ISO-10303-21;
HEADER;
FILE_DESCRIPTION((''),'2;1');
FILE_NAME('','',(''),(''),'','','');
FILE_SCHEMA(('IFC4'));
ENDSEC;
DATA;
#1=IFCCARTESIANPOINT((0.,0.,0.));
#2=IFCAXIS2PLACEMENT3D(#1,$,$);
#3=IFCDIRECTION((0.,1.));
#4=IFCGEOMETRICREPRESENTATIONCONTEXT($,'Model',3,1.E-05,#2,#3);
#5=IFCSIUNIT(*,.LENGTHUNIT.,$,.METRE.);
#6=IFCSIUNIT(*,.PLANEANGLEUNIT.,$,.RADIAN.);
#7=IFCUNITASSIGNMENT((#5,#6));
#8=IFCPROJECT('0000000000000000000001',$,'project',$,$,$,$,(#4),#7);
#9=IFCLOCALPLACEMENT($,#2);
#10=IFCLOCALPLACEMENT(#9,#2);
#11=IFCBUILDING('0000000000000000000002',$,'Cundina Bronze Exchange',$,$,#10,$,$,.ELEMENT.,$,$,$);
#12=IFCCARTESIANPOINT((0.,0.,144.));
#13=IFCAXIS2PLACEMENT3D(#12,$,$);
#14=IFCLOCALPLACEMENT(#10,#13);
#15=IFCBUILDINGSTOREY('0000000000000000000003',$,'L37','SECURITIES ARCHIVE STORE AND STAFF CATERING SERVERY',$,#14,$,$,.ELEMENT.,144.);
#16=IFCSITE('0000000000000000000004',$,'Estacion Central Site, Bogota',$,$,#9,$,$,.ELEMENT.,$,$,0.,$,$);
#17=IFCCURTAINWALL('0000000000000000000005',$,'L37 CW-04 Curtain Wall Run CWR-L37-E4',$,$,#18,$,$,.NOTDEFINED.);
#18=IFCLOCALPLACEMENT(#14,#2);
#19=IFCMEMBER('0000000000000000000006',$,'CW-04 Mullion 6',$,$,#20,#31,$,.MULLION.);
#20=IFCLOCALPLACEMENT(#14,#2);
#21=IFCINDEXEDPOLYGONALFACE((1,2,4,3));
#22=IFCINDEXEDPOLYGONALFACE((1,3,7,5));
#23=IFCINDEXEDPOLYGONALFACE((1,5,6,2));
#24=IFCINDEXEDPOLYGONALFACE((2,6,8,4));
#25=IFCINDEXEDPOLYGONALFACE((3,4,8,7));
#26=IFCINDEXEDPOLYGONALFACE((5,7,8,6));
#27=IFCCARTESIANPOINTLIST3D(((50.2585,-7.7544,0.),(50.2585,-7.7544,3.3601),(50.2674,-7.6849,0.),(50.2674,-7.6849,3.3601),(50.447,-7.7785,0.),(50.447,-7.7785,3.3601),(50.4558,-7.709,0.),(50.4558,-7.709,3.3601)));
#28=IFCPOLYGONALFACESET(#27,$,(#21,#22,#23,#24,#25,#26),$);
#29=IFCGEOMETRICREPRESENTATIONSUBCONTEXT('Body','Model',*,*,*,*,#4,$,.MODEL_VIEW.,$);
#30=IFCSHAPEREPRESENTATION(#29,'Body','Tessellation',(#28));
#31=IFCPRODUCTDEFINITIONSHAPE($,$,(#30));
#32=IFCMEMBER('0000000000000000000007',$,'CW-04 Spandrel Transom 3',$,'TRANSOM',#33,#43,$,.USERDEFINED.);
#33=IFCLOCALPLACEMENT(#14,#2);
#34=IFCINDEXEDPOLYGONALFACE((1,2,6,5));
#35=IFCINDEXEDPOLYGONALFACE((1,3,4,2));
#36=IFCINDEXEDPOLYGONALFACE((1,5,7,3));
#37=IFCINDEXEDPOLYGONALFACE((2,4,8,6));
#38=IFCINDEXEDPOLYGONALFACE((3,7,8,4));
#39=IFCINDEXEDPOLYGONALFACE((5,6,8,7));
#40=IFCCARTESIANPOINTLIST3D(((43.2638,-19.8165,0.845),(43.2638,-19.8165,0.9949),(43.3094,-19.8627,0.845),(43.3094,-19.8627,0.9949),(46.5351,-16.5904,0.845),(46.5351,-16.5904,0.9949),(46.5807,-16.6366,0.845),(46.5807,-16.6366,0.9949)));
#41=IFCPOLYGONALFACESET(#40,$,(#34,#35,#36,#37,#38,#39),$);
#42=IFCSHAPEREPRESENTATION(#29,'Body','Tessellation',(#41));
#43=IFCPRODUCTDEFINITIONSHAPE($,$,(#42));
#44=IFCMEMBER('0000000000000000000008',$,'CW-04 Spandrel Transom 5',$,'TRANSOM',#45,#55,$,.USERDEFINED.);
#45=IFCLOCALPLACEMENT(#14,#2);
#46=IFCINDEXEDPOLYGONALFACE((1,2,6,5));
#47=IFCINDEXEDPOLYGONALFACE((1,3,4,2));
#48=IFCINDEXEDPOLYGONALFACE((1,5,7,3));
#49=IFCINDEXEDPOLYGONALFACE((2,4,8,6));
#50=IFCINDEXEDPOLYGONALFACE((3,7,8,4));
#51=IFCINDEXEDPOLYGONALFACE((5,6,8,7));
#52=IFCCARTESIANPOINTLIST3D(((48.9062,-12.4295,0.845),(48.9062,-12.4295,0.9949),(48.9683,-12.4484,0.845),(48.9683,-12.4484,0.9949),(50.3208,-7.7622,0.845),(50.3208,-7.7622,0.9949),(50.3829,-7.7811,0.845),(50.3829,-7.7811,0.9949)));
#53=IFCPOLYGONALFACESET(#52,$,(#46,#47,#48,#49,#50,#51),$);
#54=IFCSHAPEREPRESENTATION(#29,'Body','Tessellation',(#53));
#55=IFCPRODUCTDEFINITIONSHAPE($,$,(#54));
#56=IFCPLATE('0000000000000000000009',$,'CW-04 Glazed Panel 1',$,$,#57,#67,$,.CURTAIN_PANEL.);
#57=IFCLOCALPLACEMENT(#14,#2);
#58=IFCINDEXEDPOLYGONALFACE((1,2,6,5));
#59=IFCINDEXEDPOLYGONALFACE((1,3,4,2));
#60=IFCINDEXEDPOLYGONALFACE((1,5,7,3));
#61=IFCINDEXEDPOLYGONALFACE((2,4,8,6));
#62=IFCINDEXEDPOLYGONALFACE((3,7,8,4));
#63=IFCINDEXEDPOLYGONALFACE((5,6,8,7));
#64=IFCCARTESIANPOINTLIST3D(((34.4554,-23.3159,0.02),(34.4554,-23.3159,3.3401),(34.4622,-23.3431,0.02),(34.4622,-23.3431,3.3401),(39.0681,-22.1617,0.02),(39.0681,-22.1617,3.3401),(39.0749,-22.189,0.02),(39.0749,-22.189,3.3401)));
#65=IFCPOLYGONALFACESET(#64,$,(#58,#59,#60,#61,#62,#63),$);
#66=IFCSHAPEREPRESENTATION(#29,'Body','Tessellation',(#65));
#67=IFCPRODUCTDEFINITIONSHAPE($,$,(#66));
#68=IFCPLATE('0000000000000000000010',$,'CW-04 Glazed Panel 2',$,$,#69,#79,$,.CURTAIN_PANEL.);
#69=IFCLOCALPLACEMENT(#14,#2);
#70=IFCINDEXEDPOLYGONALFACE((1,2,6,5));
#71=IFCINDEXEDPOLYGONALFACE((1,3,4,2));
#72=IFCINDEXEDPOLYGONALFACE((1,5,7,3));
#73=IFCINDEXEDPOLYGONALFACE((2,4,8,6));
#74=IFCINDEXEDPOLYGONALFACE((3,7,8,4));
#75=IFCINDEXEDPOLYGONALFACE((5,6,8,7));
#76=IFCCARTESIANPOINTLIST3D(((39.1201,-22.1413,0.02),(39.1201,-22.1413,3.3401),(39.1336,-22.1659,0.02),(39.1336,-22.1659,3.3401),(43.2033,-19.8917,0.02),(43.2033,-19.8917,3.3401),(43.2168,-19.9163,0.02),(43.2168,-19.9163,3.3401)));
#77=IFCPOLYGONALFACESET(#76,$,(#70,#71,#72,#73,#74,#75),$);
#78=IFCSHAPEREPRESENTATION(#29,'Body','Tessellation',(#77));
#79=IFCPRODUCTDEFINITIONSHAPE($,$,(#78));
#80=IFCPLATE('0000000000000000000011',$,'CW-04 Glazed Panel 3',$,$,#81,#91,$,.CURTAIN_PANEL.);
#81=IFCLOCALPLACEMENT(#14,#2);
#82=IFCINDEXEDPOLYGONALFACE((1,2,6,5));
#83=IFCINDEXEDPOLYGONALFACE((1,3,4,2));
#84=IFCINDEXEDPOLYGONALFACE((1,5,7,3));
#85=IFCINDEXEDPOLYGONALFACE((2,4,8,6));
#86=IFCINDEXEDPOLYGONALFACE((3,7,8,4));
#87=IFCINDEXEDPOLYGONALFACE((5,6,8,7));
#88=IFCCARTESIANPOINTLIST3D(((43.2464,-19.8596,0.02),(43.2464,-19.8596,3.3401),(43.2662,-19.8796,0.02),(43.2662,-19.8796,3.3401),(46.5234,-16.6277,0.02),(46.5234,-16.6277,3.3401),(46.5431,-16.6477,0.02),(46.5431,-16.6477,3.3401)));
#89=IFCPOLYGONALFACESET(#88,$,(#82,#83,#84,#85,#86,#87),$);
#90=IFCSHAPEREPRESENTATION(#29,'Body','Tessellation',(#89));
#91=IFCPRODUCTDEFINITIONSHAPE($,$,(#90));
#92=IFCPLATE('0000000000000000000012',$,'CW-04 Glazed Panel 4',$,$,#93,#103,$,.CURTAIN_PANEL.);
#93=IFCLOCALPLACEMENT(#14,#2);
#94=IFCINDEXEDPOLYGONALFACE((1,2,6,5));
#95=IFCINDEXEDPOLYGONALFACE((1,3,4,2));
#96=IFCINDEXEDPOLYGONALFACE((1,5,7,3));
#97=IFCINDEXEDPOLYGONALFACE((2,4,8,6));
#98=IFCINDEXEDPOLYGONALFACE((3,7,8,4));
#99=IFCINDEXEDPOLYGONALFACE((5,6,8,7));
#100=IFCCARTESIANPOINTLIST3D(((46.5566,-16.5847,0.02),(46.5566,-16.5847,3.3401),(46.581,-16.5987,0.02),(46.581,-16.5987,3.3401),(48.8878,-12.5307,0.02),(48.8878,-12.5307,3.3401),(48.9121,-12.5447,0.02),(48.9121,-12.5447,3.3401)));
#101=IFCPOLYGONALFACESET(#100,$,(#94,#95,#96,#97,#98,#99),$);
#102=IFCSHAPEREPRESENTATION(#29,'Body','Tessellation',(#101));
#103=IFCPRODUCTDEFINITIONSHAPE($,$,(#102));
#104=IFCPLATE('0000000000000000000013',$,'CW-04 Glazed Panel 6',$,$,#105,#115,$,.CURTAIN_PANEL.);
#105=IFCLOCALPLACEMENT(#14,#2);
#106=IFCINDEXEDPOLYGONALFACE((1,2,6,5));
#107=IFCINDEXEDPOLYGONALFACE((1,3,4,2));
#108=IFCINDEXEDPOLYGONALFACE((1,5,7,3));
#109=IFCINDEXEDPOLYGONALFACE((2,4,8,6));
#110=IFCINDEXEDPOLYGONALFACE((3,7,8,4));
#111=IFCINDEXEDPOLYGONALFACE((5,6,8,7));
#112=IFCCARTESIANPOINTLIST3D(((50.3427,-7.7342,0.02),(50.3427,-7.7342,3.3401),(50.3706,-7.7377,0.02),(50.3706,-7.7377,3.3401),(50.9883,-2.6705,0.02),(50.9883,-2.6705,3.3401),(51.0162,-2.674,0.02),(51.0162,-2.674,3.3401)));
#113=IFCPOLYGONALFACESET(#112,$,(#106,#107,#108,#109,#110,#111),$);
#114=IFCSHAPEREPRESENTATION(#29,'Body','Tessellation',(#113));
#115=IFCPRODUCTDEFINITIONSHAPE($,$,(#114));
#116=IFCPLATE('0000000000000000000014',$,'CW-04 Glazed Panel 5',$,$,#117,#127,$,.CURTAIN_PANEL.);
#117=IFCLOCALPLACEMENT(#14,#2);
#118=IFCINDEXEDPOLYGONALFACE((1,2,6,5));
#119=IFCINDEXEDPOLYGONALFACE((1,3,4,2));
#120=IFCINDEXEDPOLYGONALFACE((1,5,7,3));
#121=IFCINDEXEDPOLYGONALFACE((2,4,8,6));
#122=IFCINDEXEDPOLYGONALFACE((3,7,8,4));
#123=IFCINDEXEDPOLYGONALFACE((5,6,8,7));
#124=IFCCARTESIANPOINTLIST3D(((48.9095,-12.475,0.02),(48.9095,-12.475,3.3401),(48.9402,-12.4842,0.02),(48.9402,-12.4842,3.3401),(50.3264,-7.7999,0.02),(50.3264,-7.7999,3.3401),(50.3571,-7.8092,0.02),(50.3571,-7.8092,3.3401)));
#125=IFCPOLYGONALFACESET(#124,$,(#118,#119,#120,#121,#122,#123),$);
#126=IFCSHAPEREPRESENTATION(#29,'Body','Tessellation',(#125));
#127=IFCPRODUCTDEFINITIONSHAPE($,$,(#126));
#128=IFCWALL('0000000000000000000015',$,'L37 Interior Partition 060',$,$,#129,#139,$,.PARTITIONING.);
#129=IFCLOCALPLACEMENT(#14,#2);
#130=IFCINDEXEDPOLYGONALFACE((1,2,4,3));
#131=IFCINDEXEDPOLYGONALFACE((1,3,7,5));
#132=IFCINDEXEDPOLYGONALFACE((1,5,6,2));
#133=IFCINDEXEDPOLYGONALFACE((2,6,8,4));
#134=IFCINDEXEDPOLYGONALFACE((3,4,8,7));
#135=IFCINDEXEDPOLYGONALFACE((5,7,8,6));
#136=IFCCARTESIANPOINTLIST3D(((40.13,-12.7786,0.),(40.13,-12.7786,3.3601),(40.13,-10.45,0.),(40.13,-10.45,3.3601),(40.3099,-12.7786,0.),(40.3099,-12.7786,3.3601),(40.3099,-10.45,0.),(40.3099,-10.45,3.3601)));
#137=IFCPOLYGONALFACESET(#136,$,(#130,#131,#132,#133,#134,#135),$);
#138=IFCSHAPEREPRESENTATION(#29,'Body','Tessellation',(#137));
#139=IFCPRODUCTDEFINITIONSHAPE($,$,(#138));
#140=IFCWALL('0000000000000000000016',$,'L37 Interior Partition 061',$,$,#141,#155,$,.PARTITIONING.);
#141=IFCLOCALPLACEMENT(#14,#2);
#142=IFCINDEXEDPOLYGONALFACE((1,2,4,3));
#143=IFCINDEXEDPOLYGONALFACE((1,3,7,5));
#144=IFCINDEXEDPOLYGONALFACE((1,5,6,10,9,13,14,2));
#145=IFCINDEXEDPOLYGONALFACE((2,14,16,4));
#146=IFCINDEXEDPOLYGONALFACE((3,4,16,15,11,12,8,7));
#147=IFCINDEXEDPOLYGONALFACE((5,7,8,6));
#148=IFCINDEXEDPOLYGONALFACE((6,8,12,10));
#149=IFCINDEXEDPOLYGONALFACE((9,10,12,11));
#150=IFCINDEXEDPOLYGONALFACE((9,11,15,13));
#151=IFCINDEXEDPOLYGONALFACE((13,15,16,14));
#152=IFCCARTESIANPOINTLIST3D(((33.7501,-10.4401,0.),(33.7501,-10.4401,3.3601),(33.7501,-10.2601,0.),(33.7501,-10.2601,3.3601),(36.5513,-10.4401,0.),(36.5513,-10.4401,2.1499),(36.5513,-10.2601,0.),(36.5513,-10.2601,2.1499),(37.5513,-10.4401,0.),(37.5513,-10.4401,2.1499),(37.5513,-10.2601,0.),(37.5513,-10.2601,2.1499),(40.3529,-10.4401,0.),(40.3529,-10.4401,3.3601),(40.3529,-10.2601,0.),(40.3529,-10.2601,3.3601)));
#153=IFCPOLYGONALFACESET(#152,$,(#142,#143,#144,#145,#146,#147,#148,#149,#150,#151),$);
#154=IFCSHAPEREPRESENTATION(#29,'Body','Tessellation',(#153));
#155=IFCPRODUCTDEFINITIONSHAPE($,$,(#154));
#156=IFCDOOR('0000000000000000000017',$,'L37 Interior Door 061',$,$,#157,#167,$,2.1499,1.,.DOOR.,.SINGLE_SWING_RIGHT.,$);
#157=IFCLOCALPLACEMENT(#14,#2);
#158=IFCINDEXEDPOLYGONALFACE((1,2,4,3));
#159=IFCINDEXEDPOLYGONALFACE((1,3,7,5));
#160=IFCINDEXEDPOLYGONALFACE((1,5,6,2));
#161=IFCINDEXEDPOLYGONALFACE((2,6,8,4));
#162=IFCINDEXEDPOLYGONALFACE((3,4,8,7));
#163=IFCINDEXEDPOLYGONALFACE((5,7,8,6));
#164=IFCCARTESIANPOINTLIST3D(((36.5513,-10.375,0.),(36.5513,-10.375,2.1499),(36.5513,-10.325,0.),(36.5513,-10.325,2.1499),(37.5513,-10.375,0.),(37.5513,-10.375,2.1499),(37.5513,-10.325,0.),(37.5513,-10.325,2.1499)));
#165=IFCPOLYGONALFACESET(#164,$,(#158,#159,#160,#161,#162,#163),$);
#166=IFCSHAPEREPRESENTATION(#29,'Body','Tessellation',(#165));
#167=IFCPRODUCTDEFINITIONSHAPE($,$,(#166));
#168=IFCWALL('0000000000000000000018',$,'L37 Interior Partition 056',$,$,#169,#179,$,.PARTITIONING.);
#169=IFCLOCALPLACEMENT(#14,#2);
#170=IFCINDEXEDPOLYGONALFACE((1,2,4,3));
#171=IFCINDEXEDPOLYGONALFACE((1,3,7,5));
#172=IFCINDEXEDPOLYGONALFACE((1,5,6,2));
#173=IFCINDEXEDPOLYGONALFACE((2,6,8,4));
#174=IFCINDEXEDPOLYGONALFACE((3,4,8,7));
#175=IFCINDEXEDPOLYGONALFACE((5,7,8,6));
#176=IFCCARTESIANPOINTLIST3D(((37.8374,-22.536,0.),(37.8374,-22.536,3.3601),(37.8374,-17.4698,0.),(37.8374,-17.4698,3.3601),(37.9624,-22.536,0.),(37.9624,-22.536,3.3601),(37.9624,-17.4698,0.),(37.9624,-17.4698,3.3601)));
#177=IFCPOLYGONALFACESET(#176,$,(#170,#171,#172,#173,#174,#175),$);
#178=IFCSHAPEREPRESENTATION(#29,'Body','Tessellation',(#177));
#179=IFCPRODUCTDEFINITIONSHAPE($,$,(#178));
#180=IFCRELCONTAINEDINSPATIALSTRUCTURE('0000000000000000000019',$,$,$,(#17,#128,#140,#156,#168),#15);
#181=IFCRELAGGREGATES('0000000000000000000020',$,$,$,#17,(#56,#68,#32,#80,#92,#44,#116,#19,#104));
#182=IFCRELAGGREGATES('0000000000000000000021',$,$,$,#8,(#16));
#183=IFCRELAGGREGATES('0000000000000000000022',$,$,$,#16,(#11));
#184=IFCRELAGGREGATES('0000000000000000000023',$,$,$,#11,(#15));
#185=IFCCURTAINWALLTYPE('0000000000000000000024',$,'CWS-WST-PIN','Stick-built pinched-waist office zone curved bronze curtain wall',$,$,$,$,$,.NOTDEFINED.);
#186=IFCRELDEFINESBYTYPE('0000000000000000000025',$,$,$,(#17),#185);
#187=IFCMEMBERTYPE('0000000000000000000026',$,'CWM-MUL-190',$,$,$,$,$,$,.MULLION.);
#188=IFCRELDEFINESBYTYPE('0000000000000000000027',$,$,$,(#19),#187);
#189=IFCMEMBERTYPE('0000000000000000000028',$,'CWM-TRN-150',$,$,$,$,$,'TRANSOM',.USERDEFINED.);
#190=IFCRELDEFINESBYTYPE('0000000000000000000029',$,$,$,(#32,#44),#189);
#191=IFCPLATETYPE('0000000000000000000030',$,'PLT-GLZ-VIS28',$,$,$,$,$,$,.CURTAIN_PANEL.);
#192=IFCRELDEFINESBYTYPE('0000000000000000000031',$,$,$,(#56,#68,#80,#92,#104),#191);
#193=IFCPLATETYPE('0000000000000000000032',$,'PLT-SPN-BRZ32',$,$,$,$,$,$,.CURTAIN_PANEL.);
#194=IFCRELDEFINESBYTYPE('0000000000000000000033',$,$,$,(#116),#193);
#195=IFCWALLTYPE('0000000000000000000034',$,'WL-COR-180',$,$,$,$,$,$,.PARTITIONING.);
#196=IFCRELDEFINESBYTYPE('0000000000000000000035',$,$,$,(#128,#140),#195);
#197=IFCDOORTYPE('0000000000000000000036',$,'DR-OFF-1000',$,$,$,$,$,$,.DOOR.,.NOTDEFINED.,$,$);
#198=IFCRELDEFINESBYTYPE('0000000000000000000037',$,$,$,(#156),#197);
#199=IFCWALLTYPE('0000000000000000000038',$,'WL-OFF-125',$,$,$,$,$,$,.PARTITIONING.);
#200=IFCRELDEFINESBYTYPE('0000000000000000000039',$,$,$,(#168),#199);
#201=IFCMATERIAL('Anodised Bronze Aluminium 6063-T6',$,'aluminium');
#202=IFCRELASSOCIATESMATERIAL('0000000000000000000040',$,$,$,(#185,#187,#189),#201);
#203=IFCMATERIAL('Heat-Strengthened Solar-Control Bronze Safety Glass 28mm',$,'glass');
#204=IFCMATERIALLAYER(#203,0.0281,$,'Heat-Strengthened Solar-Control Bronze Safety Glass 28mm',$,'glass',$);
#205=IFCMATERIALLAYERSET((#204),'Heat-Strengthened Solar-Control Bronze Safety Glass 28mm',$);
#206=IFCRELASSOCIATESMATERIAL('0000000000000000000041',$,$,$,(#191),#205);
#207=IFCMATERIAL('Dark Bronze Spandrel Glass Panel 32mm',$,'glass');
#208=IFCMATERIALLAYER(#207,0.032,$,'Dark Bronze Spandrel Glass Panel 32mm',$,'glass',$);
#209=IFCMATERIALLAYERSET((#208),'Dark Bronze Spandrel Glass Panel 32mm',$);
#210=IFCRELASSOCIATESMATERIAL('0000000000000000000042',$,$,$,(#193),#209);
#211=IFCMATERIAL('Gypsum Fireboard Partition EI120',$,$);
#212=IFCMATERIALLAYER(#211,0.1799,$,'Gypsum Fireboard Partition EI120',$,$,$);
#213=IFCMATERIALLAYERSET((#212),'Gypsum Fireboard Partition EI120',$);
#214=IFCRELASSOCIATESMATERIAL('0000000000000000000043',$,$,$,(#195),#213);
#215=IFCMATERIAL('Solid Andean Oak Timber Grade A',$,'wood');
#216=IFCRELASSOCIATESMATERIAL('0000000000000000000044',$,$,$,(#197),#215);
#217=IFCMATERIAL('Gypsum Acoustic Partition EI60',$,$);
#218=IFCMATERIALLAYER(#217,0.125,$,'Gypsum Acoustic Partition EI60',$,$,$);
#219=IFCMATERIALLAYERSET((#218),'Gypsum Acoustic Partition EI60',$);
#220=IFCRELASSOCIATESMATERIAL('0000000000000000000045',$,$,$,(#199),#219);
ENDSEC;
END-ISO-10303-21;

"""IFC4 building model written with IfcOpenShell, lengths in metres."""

from ifc_helpers import new_model, si_unit, direction, frame, frame_2d, origin, origin_2d, place, context, subcontext, project, spatial, rectangle, extrude, material, layer, layer_set, material_profile, profile_set, type_object, element, fill, aggregate, save


model = new_model("IFC4")

# Units and contexts
model_context = context("Model", 3, precision=1e-05, world=origin(), true_north=direction((0.0, 1.0)))
body_context = subcontext(model_context, "Body", "Model", "MODEL_VIEW")
ifc_project = project(units=[si_unit("LENGTHUNIT", "METRE"), si_unit("PLANEANGLEUNIT", "RADIAN")], contexts=[model_context])

# Site, building, storey
site_placement = place(None, origin())
site = spatial("IfcSite", under=ifc_project, at=site_placement, Name="Estacion Central Site, Bogota", CompositionType="ELEMENT", RefElevation=0.0)
building_placement = place(site_placement, origin())
building = spatial("IfcBuilding", under=site, at=building_placement, Name="Cundina Bronze Exchange", CompositionType="ELEMENT")
storey_placement = place(building_placement, frame((0.0, 0.0, 144.0)))
storey = spatial("IfcBuildingStorey", under=building, at=storey_placement, Name="L37", Description="SECURITIES ARCHIVE STORE AND STAFF CATERING SERVERY", CompositionType="ELEMENT", Elevation=144.0)

# Curtain wall, members, plates
ifc_material_1 = material(Name="Anodised Bronze Aluminium 6063-T6", Category="aluminium")
curtain_wall_type = type_object("IfcCurtainWallType", Name="CWS-WST-PIN", Description="Stick-built pinched-waist office zone curved bronze curtain wall", PredefinedType="NOTDEFINED", material=ifc_material_1)
curtain_wall_placement = place(storey_placement, origin())
curtain_wall = element("IfcCurtainWall", 1, at=curtain_wall_placement, inside=storey, type_object=curtain_wall_type, Name="L37 CW-04 Curtain Wall Run CWR-L37-E4", PredefinedType="NOTDEFINED")
ifc_material_profile_1 = material_profile(ifc_material_1, rectangle(XDim=0.0701, YDim=0.1899, at=origin_2d()), Name="AL70X190", Category="aluminium")
ifc_profile_set_1 = profile_set([ifc_material_profile_1], Name="Anodised Bronze Aluminium 6063-T6")
member_type_1 = type_object("IfcMemberType", Name="CWM-MUL-190", PredefinedType="MULLION", material=ifc_profile_set_1)
member_1_placement = place(storey_placement, frame((50.3572, -7.7317, 0.0), z_axis=(0.0, 0.0, 1.0), x_axis=(0.126545, 0.991961, 0.0)))
member_1 = element("IfcMember", 2, at=member_1_placement, type_object=member_type_1, Name="CW-04 Mullion 6", PredefinedType="MULLION", context=body_context, shape_type="SweptSolid", body=[
    extrude(rectangle(XDim=0.0701, YDim=0.1899, at=origin_2d()), origin(), (0.0, 0.0, 1.0), 3.3601),
])
ifc_material_profile_2 = material_profile(ifc_material_1, rectangle(XDim=0.0649, YDim=0.1499, at=origin_2d()), Name="AL65X150", Category="aluminium")
ifc_profile_set_2 = profile_set([ifc_material_profile_2], Name="Anodised Bronze Aluminium 6063-T6")
member_type_2 = type_object("IfcMemberType", Name="CWM-TRN-150", ElementType="TRANSOM", PredefinedType="USERDEFINED", material=ifc_profile_set_2)
member_2_placement = place(storey_placement, frame((43.2866, -19.8396, 0.9199), z_axis=(0.712005, 0.702174, 0.0), x_axis=(-0.702174, 0.712005, 0.0)))
member_2 = element("IfcMember", 3, at=member_2_placement, type_object=member_type_2, Name="CW-04 Spandrel Transom 3", ObjectType="TRANSOM", PredefinedType="USERDEFINED", context=body_context, shape_type="SweptSolid", body=[
    extrude(rectangle(XDim=0.0649, YDim=0.1499, at=origin_2d()), origin(), (0.0, 0.0, 1.0), 4.5945),
])
member_3_placement = place(storey_placement, frame((48.9373, -12.439, 0.9199), z_axis=(0.290052, 0.957011, 0.0), x_axis=(-0.957011, 0.290052, 0.0)))
member_3 = element("IfcMember", 4, at=member_3_placement, type_object=member_type_2, Name="CW-04 Spandrel Transom 5", ObjectType="TRANSOM", PredefinedType="USERDEFINED", context=body_context, shape_type="SweptSolid", body=[
    extrude(rectangle(XDim=0.0649, YDim=0.1499, at=origin_2d()), origin(), (0.0, 0.0, 1.0), 4.877),
])
ifc_material_2 = material(Name="Heat-Strengthened Solar-Control Bronze Safety Glass 28mm", Category="glass")
ifc_layer_1 = layer(ifc_material_2, 0.0281, Name="Heat-Strengthened Solar-Control Bronze Safety Glass 28mm", Category="glass")
ifc_layer_set_1 = layer_set([ifc_layer_1], Name="Heat-Strengthened Solar-Control Bronze Safety Glass 28mm")
plate_type_1 = type_object("IfcPlateType", Name="PLT-GLZ-VIS28", PredefinedType="CURTAIN_PANEL", material=ifc_layer_set_1)
plate_1_placement = place(storey_placement, frame((36.7651, -22.7524, 0.02), z_axis=(0.0, 0.0, 1.0), x_axis=(0.970093, 0.242735, 0.0)))
plate_1 = element("IfcPlate", 5, at=plate_1_placement, type_object=plate_type_1, Name="CW-04 Glazed Panel 1", PredefinedType="CURTAIN_PANEL", context=body_context, shape_type="SweptSolid", body=[
    extrude(rectangle(XDim=4.7549, YDim=0.0281, at=origin_2d()), origin(), (0.0, 0.0, 1.0), 3.3201),
])
plate_2_placement = place(storey_placement, frame((41.1685, -21.0288, 0.02), z_axis=(0.0, 0.0, 1.0), x_axis=(0.875869, 0.482549, 0.0)))
plate_2 = element("IfcPlate", 6, at=plate_2_placement, type_object=plate_type_1, Name="CW-04 Glazed Panel 2", PredefinedType="CURTAIN_PANEL", context=body_context, shape_type="SweptSolid", body=[
    extrude(rectangle(XDim=4.6619, YDim=0.0281, at=origin_2d()), origin(), (0.0, 0.0, 1.0), 3.3201),
])
plate_3_placement = place(storey_placement, frame((44.8948, -18.2537, 0.02), z_axis=(0.0, 0.0, 1.0), x_axis=(0.711989, 0.70219, 0.0)))
plate_3 = element("IfcPlate", 7, at=plate_3_placement, type_object=plate_type_1, Name="CW-04 Glazed Panel 3", PredefinedType="CURTAIN_PANEL", context=body_context, shape_type="SweptSolid", body=[
    extrude(rectangle(XDim=4.6025, YDim=0.0281, at=origin_2d()), origin(), (0.0, 0.0, 1.0), 3.3201),
])
plate_4_placement = place(storey_placement, frame((47.7344, -14.5647, 0.02), z_axis=(0.0, 0.0, 1.0), x_axis=(0.498488, 0.866897, 0.0)))
plate_4 = element("IfcPlate", 8, at=plate_4_placement, type_object=plate_type_1, Name="CW-04 Glazed Panel 4", PredefinedType="CURTAIN_PANEL", context=body_context, shape_type="SweptSolid", body=[
    extrude(rectangle(XDim=4.6765, YDim=0.0281, at=origin_2d()), origin(), (0.0, 0.0, 1.0), 3.3201),
])
plate_5_placement = place(storey_placement, frame((50.6794, -5.2041, 0.02), z_axis=(0.0, 0.0, 1.0), x_axis=(0.126476, 0.99197, 0.0)))
plate_5 = element("IfcPlate", 9, at=plate_5_placement, type_object=plate_type_1, Name="CW-04 Glazed Panel 6", PredefinedType="CURTAIN_PANEL", context=body_context, shape_type="SweptSolid", body=[
    extrude(rectangle(XDim=5.1047, YDim=0.0281, at=origin_2d()), origin(), (0.0, 0.0, 1.0), 3.3201),
])
ifc_material_3 = material(Name="Dark Bronze Spandrel Glass Panel 32mm", Category="glass")
ifc_layer_2 = layer(ifc_material_3, 0.032, Name="Dark Bronze Spandrel Glass Panel 32mm", Category="glass")
ifc_layer_set_2 = layer_set([ifc_layer_2], Name="Dark Bronze Spandrel Glass Panel 32mm")
plate_type_2 = type_object("IfcPlateType", Name="PLT-SPN-BRZ32", PredefinedType="CURTAIN_PANEL", material=ifc_layer_set_2)
plate_6_placement = place(storey_placement, frame((49.6333, -10.1421, 0.02), z_axis=(0.0, 0.0, 1.0), x_axis=(0.290051, 0.957011, 0.0)))
plate_6 = element("IfcPlate", 10, at=plate_6_placement, type_object=plate_type_2, Name="CW-04 Glazed Panel 5", PredefinedType="CURTAIN_PANEL", context=body_context, shape_type="SweptSolid", body=[
    extrude(rectangle(XDim=4.885, YDim=0.032, at=origin_2d()), origin(), (0.0, 0.0, 1.0), 3.3201),
])
aggregate(curtain_wall, [plate_1, plate_2, member_2, plate_3, plate_4, member_3, plate_6, member_1, plate_5])

# Wall
ifc_material_4 = material(Name="Gypsum Fireboard Partition EI120")
ifc_layer_3 = layer(ifc_material_4, 0.1799, Name="Gypsum Fireboard Partition EI120")
ifc_layer_set_3 = layer_set([ifc_layer_3], Name="Gypsum Fireboard Partition EI120")
wall_type_1 = type_object("IfcWallType", Name="WL-COR-180", PredefinedType="PARTITIONING", material=ifc_layer_set_3)
wall_1_placement = place(storey_placement, frame((40.22, -12.7786, 0.0), z_axis=(0.0, 0.0, 1.0), x_axis=(0.0, 1.0, 0.0)))
element("IfcWall", 11, at=wall_1_placement, inside=storey, type_object=wall_type_1, Name="L37 Interior Partition 060", PredefinedType="PARTITIONING", context=body_context, shape_type="SweptSolid", body=[
    extrude(rectangle(XDim=2.3286, YDim=0.1799, at=frame_2d((1.1643, 0.0))), origin(), (0.0, 0.0, 1.0), 3.3601),
])

# Wall, opening, door
wall_2_placement = place(storey_placement, frame((40.3528, -10.3501, 0.0), z_axis=(0.0, 0.0, 1.0), x_axis=(-1.0, 0.0, 0.0)))
wall_2 = element("IfcWall", 12, at=wall_2_placement, inside=storey, type_object=wall_type_1, Name="L37 Interior Partition 061", PredefinedType="PARTITIONING", context=body_context, shape_type="SweptSolid", body=[
    extrude(rectangle(XDim=6.6028, YDim=0.1799, at=frame_2d((3.3013, 0.0))), origin(), (0.0, 0.0, 1.0), 3.3601),
])
opening_placement = place(wall_2_placement, frame((2.8015, 0.0, 0.0)))
opening = element("IfcOpeningElement", 13, at=opening_placement, cuts=wall_2, PredefinedType="OPENING", context=body_context, shape_type="SweptSolid", body=[
    extrude(rectangle(XDim=1.0, YDim=2.1499, at=frame_2d((0.5, 1.075))), frame((0.0, 0.0999, 0.0), z_axis=(0.0, -1.0, 0.0), x_axis=(1.0, 0.0, 0.0)), (0.0, 0.0, 1.0), 0.2),
])
ifc_material_5 = material(Name="Solid Andean Oak Timber Grade A", Category="wood")
door_type = type_object("IfcDoorType", Name="DR-OFF-1000", OperationType="NOTDEFINED", PredefinedType="DOOR", material=ifc_material_5)
door_placement = place(opening_placement, origin())
door = element("IfcDoor", 14, at=door_placement, inside=storey, type_object=door_type, Name="L37 Interior Door 061", OperationType="SINGLE_SWING_RIGHT", OverallHeight=2.1499, OverallWidth=1.0, PredefinedType="DOOR", context=body_context, shape_type="SweptSolid", body=[
    extrude(rectangle(XDim=1.0, YDim=2.1499, at=frame_2d((0.5, 1.075))), frame((0.0, 0.0249, 0.0), z_axis=(0.0, -1.0, 0.0), x_axis=(1.0, 0.0, 0.0)), (0.0, 0.0, 1.0), 0.05),
])
fill(opening, door)

# Wall
ifc_material_6 = material(Name="Gypsum Acoustic Partition EI60")
ifc_layer_4 = layer(ifc_material_6, 0.125, Name="Gypsum Acoustic Partition EI60")
ifc_layer_set_4 = layer_set([ifc_layer_4], Name="Gypsum Acoustic Partition EI60")
wall_type_2 = type_object("IfcWallType", Name="WL-OFF-125", PredefinedType="PARTITIONING", material=ifc_layer_set_4)
wall_3_placement = place(storey_placement, frame((37.8999, -22.5361, 0.0), z_axis=(0.0, 0.0, 1.0), x_axis=(0.0, 1.0, 0.0)))
element("IfcWall", 15, at=wall_3_placement, inside=storey, type_object=wall_type_2, Name="L37 Interior Partition 056", PredefinedType="PARTITIONING", context=body_context, shape_type="SweptSolid", body=[
    extrude(rectangle(XDim=5.0662, YDim=0.125, at=frame_2d((2.5332, 0.0))), origin(), (0.0, 0.0, 1.0), 3.3601),
])

save(model, "model.ifc")
